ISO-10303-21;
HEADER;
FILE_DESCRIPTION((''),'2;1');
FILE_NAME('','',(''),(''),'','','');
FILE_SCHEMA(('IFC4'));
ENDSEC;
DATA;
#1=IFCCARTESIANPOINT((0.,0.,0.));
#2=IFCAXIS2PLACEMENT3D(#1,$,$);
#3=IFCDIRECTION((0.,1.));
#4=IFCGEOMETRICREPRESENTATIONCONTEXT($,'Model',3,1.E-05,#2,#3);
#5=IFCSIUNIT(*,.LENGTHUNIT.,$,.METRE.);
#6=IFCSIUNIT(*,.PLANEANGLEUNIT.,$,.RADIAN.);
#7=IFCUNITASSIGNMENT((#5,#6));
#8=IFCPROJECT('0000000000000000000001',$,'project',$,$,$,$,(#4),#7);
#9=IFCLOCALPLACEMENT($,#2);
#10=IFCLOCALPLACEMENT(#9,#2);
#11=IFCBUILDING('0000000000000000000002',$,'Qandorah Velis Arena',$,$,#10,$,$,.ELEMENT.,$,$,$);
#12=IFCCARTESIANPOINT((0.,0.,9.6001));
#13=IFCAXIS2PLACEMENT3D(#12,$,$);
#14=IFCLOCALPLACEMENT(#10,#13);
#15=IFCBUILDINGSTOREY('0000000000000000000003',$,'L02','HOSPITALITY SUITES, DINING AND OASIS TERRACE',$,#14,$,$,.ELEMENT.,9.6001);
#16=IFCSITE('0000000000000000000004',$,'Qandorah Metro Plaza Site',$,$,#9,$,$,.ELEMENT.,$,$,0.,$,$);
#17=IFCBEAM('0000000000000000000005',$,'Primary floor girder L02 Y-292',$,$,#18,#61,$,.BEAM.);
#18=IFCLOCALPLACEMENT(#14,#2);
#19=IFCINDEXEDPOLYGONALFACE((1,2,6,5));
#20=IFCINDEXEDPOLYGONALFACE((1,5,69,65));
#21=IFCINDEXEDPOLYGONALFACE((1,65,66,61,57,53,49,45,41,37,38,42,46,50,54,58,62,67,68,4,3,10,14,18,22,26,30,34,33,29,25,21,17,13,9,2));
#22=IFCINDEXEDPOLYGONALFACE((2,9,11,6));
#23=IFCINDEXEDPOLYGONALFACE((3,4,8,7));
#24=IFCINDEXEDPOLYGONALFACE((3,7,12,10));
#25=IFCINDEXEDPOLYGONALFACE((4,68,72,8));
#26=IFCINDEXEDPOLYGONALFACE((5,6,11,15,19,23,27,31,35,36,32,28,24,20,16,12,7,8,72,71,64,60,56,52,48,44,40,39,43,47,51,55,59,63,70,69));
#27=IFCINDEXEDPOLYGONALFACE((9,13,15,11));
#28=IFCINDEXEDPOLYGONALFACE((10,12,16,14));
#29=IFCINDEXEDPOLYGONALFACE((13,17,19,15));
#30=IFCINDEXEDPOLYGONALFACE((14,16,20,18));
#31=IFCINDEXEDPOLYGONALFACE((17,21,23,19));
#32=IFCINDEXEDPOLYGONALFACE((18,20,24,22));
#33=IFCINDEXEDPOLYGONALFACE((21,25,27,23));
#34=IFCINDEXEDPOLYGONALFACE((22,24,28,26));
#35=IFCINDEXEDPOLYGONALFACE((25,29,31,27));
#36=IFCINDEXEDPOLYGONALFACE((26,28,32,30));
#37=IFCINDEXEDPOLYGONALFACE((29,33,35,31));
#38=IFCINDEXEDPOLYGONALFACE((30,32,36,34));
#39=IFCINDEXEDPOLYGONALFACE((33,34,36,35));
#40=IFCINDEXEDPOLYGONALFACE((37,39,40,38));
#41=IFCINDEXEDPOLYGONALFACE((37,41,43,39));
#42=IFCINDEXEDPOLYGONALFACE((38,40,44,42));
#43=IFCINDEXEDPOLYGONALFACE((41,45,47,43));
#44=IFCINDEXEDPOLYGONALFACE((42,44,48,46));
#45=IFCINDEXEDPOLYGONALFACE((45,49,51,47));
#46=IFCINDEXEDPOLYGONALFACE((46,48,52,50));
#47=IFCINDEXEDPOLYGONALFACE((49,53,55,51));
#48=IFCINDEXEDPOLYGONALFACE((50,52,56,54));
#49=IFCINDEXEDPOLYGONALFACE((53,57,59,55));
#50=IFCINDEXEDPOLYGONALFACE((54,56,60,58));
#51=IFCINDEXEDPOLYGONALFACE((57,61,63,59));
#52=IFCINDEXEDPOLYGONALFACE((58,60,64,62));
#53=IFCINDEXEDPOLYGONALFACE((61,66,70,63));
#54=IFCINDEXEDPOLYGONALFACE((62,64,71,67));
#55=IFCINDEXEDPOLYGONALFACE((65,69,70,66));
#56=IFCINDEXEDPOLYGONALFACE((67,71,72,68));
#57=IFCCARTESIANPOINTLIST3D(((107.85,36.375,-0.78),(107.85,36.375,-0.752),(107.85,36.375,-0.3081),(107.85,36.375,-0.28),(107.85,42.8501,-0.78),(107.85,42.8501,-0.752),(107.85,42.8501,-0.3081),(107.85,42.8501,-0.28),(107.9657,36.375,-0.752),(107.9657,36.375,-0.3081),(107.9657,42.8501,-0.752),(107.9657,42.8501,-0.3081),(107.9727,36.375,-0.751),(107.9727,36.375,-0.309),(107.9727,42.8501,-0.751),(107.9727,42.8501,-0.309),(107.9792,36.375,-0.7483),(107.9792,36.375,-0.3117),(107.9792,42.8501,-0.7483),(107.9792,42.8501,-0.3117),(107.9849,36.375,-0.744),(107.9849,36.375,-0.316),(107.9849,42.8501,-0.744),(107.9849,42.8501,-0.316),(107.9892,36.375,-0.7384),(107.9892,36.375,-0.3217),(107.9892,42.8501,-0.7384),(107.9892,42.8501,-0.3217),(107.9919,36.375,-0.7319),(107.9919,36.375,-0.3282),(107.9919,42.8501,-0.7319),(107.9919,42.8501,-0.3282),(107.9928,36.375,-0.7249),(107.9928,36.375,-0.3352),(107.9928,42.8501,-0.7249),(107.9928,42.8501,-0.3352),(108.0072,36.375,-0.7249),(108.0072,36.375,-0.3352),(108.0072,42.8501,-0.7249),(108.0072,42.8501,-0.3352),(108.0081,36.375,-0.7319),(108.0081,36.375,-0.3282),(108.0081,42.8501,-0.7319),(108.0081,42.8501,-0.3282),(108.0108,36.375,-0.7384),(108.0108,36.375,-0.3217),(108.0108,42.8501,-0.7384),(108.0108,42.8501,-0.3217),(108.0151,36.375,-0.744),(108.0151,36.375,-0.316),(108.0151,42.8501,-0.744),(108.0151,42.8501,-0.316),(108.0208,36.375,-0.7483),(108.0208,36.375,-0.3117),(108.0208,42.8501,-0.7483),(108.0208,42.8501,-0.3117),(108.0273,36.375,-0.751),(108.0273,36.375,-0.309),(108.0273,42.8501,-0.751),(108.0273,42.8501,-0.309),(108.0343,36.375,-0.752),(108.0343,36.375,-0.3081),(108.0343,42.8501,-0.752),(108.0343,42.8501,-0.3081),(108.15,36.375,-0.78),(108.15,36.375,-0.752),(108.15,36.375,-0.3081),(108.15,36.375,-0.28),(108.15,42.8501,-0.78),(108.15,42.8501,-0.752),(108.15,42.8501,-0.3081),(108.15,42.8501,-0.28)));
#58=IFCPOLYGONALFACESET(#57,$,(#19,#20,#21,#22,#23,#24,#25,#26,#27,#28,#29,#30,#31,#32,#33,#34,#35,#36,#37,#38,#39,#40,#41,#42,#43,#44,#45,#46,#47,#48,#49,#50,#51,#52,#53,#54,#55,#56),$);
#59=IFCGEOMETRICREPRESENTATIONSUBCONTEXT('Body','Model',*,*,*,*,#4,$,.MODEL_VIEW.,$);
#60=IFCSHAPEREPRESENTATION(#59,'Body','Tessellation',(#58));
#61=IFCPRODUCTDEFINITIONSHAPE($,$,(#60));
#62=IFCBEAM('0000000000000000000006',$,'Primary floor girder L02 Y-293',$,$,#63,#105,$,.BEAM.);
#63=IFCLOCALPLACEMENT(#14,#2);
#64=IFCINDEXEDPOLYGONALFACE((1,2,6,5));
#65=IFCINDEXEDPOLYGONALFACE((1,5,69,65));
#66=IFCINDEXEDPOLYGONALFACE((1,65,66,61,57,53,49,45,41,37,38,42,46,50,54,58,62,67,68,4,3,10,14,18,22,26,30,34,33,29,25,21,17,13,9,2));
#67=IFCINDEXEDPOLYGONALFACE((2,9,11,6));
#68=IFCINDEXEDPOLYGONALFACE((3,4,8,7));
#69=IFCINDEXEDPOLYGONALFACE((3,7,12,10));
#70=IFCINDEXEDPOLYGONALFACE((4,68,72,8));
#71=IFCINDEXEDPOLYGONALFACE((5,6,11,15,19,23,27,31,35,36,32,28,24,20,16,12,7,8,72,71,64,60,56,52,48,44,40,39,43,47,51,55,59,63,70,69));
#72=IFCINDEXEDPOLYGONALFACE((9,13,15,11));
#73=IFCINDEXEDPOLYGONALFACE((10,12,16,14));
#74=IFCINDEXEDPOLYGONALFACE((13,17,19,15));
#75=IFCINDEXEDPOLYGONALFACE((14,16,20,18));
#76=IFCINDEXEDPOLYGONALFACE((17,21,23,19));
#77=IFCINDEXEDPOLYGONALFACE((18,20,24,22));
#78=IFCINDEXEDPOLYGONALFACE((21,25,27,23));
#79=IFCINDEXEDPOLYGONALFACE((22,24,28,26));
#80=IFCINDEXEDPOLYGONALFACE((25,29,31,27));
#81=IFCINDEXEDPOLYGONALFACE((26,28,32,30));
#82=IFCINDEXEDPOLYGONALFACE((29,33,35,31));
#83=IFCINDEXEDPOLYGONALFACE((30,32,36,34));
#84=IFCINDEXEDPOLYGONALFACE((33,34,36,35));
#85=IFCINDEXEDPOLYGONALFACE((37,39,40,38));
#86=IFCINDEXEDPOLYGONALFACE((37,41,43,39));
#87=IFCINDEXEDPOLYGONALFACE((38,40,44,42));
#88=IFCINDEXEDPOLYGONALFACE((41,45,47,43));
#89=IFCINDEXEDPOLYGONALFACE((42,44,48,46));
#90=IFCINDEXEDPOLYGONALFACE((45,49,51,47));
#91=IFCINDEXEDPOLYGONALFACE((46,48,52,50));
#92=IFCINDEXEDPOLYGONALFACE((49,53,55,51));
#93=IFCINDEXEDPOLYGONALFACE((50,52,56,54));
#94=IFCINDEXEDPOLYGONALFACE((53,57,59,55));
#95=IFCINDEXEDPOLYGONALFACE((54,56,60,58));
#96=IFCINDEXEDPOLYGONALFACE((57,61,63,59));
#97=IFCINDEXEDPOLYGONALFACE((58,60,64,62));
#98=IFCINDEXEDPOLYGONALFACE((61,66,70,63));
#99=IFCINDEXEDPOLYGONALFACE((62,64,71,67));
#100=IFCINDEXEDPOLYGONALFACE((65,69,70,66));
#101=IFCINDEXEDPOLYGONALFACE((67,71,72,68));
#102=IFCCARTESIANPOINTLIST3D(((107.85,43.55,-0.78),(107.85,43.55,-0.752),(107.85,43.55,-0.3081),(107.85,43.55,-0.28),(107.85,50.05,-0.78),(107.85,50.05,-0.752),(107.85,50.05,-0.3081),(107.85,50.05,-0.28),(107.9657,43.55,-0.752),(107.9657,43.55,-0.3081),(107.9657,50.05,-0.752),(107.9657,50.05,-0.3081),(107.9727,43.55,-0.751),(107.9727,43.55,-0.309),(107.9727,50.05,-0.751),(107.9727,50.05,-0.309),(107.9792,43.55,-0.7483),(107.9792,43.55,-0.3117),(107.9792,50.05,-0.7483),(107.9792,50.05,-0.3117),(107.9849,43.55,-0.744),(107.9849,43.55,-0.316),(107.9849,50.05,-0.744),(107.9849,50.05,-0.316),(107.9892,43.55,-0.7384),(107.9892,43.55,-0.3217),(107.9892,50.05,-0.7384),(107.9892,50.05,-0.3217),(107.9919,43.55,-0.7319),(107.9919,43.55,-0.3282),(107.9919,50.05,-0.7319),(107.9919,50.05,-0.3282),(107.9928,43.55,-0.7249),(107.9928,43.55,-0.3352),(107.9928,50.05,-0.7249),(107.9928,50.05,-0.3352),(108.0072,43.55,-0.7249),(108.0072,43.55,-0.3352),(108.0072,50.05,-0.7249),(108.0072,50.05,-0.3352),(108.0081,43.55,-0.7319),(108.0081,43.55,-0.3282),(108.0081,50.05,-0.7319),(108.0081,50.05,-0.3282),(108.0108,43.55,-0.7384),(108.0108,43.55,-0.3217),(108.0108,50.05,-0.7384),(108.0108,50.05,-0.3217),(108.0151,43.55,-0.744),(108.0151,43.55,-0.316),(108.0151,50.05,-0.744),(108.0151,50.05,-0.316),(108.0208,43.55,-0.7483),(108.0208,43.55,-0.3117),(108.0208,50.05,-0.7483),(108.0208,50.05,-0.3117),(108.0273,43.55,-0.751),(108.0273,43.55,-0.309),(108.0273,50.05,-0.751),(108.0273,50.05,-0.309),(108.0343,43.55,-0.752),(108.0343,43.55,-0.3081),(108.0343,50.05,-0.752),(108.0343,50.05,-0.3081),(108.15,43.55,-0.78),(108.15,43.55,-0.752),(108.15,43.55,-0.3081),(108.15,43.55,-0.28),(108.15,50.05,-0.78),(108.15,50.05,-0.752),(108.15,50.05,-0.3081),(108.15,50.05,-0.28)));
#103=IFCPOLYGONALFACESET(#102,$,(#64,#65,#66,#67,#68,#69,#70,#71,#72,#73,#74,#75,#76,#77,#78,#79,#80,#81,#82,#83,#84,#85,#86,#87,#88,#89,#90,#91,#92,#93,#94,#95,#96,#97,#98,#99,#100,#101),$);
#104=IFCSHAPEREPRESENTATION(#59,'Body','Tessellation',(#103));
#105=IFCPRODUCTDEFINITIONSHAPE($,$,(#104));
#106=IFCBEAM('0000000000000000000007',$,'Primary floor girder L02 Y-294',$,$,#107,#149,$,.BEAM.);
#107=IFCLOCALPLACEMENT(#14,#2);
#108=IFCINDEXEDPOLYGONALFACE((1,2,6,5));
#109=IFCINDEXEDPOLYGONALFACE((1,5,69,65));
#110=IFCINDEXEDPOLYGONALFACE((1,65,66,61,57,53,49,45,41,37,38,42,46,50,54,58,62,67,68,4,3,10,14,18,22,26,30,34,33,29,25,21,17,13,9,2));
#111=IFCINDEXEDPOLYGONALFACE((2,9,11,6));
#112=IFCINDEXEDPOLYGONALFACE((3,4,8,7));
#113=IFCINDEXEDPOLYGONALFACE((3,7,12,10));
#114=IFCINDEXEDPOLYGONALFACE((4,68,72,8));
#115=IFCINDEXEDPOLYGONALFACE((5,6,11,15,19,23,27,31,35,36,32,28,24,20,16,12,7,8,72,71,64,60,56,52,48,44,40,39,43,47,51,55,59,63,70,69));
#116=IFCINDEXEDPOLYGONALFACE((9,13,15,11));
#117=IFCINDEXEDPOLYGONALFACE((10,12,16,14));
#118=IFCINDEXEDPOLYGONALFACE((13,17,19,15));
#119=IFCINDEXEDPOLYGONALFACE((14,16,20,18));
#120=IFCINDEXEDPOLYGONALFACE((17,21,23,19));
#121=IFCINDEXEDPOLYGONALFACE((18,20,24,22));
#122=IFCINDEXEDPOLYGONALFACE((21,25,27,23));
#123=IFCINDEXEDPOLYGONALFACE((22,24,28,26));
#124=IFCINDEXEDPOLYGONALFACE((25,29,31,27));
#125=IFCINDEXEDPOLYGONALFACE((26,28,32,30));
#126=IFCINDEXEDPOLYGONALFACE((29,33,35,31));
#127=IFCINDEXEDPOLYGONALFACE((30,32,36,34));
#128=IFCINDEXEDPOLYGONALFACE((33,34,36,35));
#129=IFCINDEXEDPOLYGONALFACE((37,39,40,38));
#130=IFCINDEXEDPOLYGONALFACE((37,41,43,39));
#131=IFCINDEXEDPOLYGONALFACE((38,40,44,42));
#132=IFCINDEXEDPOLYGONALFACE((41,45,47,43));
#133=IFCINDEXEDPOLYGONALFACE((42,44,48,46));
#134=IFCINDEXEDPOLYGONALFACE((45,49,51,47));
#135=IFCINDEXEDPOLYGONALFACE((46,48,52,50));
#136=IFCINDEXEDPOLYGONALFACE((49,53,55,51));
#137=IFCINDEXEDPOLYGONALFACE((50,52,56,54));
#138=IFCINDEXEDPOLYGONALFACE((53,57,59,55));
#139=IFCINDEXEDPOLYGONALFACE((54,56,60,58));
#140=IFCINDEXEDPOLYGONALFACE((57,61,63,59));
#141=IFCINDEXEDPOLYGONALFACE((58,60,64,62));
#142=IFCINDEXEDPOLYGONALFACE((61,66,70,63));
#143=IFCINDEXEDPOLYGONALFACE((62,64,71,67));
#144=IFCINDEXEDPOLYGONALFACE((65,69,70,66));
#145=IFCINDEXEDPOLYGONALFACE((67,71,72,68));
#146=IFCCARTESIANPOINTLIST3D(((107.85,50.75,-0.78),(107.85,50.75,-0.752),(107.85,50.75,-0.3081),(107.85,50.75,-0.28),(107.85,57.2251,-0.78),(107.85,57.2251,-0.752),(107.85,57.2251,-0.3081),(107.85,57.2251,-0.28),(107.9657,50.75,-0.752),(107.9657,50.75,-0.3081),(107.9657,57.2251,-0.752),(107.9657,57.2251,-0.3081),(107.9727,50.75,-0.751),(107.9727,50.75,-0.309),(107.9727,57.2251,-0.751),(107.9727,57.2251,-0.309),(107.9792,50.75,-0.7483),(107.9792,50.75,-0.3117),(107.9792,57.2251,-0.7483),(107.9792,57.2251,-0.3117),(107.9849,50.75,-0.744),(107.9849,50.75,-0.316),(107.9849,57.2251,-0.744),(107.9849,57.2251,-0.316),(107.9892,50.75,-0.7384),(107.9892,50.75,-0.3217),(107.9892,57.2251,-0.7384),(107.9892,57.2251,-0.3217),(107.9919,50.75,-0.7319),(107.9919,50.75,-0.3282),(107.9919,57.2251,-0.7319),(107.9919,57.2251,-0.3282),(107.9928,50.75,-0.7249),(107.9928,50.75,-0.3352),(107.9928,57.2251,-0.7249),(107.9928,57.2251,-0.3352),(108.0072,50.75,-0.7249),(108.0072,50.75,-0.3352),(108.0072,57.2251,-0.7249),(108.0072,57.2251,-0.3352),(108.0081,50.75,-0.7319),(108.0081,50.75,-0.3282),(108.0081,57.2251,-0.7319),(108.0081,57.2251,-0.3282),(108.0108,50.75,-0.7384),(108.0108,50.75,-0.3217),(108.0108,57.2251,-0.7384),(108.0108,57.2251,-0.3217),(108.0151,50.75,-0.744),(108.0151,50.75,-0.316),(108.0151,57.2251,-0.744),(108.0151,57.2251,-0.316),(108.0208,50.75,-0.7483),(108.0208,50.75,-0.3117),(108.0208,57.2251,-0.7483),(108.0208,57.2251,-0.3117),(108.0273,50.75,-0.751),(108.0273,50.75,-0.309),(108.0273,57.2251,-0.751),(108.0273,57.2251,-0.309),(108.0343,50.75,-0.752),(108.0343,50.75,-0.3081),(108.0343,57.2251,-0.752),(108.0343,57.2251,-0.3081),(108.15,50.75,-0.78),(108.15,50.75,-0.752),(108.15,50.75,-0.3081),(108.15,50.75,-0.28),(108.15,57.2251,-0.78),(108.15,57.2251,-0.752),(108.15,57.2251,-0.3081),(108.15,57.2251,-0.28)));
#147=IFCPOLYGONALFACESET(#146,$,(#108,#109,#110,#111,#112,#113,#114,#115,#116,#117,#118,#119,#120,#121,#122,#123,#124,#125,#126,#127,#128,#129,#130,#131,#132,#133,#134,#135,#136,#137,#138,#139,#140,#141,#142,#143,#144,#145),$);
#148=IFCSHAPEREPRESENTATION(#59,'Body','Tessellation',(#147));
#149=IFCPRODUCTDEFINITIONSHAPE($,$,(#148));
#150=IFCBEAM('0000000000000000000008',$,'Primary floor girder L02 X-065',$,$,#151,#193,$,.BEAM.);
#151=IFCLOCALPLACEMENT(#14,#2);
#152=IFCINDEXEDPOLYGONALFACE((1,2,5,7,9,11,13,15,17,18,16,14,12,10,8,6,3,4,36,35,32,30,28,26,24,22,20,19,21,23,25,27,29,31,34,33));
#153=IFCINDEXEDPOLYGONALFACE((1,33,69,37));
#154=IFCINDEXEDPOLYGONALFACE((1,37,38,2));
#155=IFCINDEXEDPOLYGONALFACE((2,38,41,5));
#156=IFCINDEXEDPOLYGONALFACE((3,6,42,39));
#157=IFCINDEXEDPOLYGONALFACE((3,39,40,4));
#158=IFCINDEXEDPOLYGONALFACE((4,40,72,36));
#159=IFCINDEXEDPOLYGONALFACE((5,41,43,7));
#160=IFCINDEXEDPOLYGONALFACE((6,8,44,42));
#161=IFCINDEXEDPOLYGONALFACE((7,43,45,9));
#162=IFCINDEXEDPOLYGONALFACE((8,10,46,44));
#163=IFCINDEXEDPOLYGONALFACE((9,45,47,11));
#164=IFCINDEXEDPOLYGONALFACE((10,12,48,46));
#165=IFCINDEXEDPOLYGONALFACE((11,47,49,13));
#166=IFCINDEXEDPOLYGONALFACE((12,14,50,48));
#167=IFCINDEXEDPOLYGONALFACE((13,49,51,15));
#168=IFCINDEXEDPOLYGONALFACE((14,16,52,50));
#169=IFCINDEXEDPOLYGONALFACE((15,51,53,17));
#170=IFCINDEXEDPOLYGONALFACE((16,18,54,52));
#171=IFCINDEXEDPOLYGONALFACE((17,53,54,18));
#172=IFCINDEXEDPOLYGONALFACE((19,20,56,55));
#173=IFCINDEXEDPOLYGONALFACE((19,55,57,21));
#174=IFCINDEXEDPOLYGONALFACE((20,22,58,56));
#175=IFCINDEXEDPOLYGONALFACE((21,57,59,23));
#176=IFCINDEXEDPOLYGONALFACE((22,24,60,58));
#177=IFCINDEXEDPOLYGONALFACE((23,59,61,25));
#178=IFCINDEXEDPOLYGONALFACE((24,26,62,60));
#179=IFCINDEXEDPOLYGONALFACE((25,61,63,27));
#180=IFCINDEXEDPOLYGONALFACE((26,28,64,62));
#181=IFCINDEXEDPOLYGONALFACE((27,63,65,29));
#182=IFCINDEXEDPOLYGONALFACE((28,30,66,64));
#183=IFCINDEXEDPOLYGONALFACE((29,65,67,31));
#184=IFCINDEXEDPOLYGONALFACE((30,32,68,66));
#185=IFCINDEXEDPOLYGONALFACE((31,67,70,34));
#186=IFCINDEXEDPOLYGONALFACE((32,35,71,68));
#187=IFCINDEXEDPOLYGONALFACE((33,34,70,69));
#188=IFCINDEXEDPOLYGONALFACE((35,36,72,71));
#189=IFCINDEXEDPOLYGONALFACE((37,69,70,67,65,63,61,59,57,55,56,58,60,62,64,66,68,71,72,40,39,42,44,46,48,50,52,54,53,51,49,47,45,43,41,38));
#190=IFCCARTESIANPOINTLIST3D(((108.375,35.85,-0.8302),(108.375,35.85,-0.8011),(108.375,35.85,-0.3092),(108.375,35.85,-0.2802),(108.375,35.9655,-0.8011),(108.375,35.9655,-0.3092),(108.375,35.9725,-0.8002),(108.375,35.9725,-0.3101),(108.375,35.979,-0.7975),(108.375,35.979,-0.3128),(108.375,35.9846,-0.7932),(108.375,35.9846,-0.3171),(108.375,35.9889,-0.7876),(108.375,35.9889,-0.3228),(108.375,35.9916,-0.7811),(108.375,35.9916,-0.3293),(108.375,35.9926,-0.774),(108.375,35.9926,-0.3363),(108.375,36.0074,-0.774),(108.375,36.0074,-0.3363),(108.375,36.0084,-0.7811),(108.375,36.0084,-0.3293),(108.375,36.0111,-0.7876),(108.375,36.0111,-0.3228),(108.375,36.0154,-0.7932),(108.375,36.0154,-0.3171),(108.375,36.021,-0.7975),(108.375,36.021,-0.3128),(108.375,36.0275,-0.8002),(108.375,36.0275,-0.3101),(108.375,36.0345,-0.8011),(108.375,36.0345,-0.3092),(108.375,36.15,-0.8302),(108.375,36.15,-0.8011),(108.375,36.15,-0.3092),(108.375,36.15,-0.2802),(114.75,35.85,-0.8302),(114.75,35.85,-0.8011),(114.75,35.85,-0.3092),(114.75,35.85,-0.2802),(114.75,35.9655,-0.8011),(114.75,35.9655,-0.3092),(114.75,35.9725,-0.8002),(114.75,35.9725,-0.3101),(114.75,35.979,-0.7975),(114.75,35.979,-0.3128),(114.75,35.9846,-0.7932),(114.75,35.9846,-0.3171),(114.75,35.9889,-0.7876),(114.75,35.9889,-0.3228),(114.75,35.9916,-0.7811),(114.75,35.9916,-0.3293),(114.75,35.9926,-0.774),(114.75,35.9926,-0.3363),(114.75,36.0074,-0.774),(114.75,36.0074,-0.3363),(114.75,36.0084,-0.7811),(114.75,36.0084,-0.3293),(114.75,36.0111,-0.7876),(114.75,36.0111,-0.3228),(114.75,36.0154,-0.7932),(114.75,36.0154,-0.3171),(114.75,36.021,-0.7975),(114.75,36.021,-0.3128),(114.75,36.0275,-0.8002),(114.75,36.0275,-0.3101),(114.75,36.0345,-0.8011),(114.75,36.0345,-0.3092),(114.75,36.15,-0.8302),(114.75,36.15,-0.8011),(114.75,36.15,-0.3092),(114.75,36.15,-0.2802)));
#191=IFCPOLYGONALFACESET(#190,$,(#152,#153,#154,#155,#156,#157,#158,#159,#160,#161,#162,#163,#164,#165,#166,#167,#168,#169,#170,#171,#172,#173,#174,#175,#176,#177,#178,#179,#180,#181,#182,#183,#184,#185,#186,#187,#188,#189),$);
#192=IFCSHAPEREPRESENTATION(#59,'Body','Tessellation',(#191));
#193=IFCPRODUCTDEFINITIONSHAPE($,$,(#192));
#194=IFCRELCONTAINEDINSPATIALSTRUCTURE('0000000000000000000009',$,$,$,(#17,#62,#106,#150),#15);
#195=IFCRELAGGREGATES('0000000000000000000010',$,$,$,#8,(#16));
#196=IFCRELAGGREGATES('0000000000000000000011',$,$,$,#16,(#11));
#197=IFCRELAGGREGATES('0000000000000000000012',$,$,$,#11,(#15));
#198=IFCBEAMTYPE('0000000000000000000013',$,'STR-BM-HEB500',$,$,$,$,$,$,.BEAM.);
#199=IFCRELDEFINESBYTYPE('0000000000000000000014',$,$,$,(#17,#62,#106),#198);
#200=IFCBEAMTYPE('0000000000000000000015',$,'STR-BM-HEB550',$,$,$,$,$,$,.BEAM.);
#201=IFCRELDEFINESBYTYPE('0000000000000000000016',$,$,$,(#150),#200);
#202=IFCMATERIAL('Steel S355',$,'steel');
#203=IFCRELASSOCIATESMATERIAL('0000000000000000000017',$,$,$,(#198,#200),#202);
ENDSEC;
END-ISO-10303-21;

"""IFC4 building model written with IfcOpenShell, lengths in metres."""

from ifc_helpers import new_model, si_unit, direction, frame, origin, origin_2d, place, context, subcontext, project, spatial, i_section, extrude, material, material_profile, profile_set, type_object, element, save


model = new_model("IFC4")

# Units and contexts
model_context = context("Model", 3, precision=1e-05, world=origin(), true_north=direction((0.0, 1.0)))
body_context = subcontext(model_context, "Body", "Model", "MODEL_VIEW")
ifc_project = project(units=[si_unit("LENGTHUNIT", "METRE"), si_unit("PLANEANGLEUNIT", "RADIAN")], contexts=[model_context])

# Site, building, storey
site_placement = place(None, origin())
site = spatial("IfcSite", under=ifc_project, at=site_placement, Name="Qandorah Metro Plaza Site", CompositionType="ELEMENT", RefElevation=0.0)
building_placement = place(site_placement, origin())
building = spatial("IfcBuilding", under=site, at=building_placement, Name="Qandorah Velis Arena", CompositionType="ELEMENT")
storey_placement = place(building_placement, frame((0.0, 0.0, 9.6001)))
storey = spatial("IfcBuildingStorey", under=building, at=storey_placement, Name="L02", Description="HOSPITALITY SUITES, DINING AND OASIS TERRACE", CompositionType="ELEMENT", Elevation=9.6001)

# Shared definitions
ifc_material_1 = material(Name="Steel S355", Category="steel")

# Beams
ifc_material_profile_1 = material_profile(ifc_material_1, i_section(OverallWidth=0.3, OverallDepth=0.5, WebThickness=0.0144, FlangeThickness=0.0281, FilletRadius=0.0271, at=origin_2d()), Name="HEB 500")
ifc_profile_set_1 = profile_set([ifc_material_profile_1], Name="Steel S355")
beam_type_1 = type_object("IfcBeamType", Name="STR-BM-HEB500", PredefinedType="BEAM", material=ifc_profile_set_1)
beam_1_placement = place(storey_placement, frame((108.0, 36.375, -0.53), z_axis=(0.0, 1.0, 0.0), x_axis=(-1.0, 0.0, 0.0)))
element("IfcBeam", 1, at=beam_1_placement, inside=storey, type_object=beam_type_1, Name="Primary floor girder L02 Y-292", PredefinedType="BEAM", context=body_context, shape_type="SweptSolid", body=[
    extrude(i_section(OverallWidth=0.3, OverallDepth=0.5, WebThickness=0.0144, FlangeThickness=0.0281, FilletRadius=0.0271, at=origin_2d()), origin(), (0.0, 0.0, 1.0), 6.4751),
])
beam_2_placement = place(storey_placement, frame((108.0, 43.55, -0.53), z_axis=(0.0, 1.0, 0.0), x_axis=(-1.0, 0.0, 0.0)))
element("IfcBeam", 2, at=beam_2_placement, inside=storey, type_object=beam_type_1, Name="Primary floor girder L02 Y-293", PredefinedType="BEAM", context=body_context, shape_type="SweptSolid", body=[
    extrude(i_section(OverallWidth=0.3, OverallDepth=0.5, WebThickness=0.0144, FlangeThickness=0.0281, FilletRadius=0.0271, at=origin_2d()), origin(), (0.0, 0.0, 1.0), 6.5),
])
beam_3_placement = place(storey_placement, frame((108.0, 50.75, -0.53), z_axis=(0.0, 1.0, 0.0), x_axis=(-1.0, 0.0, 0.0)))
element("IfcBeam", 3, at=beam_3_placement, inside=storey, type_object=beam_type_1, Name="Primary floor girder L02 Y-294", PredefinedType="BEAM", context=body_context, shape_type="SweptSolid", body=[
    extrude(i_section(OverallWidth=0.3, OverallDepth=0.5, WebThickness=0.0144, FlangeThickness=0.0281, FilletRadius=0.0271, at=origin_2d()), origin(), (0.0, 0.0, 1.0), 6.4751),
])
ifc_material_profile_2 = material_profile(ifc_material_1, i_section(OverallWidth=0.3, OverallDepth=0.55, WebThickness=0.0149, FlangeThickness=0.0291, FilletRadius=0.0271, at=origin_2d()), Name="HEB 550")
ifc_profile_set_2 = profile_set([ifc_material_profile_2], Name="Steel S355")
beam_type_2 = type_object("IfcBeamType", Name="STR-BM-HEB550", PredefinedType="BEAM", material=ifc_profile_set_2)
beam_4_placement = place(storey_placement, frame((108.375, 36.0, -0.5552), z_axis=(1.0, 0.0, 0.0), x_axis=(0.0, 1.0, 0.0)))
element("IfcBeam", 4, at=beam_4_placement, inside=storey, type_object=beam_type_2, Name="Primary floor girder L02 X-065", PredefinedType="BEAM", context=body_context, shape_type="SweptSolid", body=[
    extrude(i_section(OverallWidth=0.3, OverallDepth=0.55, WebThickness=0.0149, FlangeThickness=0.0291, FilletRadius=0.0271, at=origin_2d()), origin(), (0.0, 0.0, 1.0), 6.375),
])

save(model, "model.ifc")
